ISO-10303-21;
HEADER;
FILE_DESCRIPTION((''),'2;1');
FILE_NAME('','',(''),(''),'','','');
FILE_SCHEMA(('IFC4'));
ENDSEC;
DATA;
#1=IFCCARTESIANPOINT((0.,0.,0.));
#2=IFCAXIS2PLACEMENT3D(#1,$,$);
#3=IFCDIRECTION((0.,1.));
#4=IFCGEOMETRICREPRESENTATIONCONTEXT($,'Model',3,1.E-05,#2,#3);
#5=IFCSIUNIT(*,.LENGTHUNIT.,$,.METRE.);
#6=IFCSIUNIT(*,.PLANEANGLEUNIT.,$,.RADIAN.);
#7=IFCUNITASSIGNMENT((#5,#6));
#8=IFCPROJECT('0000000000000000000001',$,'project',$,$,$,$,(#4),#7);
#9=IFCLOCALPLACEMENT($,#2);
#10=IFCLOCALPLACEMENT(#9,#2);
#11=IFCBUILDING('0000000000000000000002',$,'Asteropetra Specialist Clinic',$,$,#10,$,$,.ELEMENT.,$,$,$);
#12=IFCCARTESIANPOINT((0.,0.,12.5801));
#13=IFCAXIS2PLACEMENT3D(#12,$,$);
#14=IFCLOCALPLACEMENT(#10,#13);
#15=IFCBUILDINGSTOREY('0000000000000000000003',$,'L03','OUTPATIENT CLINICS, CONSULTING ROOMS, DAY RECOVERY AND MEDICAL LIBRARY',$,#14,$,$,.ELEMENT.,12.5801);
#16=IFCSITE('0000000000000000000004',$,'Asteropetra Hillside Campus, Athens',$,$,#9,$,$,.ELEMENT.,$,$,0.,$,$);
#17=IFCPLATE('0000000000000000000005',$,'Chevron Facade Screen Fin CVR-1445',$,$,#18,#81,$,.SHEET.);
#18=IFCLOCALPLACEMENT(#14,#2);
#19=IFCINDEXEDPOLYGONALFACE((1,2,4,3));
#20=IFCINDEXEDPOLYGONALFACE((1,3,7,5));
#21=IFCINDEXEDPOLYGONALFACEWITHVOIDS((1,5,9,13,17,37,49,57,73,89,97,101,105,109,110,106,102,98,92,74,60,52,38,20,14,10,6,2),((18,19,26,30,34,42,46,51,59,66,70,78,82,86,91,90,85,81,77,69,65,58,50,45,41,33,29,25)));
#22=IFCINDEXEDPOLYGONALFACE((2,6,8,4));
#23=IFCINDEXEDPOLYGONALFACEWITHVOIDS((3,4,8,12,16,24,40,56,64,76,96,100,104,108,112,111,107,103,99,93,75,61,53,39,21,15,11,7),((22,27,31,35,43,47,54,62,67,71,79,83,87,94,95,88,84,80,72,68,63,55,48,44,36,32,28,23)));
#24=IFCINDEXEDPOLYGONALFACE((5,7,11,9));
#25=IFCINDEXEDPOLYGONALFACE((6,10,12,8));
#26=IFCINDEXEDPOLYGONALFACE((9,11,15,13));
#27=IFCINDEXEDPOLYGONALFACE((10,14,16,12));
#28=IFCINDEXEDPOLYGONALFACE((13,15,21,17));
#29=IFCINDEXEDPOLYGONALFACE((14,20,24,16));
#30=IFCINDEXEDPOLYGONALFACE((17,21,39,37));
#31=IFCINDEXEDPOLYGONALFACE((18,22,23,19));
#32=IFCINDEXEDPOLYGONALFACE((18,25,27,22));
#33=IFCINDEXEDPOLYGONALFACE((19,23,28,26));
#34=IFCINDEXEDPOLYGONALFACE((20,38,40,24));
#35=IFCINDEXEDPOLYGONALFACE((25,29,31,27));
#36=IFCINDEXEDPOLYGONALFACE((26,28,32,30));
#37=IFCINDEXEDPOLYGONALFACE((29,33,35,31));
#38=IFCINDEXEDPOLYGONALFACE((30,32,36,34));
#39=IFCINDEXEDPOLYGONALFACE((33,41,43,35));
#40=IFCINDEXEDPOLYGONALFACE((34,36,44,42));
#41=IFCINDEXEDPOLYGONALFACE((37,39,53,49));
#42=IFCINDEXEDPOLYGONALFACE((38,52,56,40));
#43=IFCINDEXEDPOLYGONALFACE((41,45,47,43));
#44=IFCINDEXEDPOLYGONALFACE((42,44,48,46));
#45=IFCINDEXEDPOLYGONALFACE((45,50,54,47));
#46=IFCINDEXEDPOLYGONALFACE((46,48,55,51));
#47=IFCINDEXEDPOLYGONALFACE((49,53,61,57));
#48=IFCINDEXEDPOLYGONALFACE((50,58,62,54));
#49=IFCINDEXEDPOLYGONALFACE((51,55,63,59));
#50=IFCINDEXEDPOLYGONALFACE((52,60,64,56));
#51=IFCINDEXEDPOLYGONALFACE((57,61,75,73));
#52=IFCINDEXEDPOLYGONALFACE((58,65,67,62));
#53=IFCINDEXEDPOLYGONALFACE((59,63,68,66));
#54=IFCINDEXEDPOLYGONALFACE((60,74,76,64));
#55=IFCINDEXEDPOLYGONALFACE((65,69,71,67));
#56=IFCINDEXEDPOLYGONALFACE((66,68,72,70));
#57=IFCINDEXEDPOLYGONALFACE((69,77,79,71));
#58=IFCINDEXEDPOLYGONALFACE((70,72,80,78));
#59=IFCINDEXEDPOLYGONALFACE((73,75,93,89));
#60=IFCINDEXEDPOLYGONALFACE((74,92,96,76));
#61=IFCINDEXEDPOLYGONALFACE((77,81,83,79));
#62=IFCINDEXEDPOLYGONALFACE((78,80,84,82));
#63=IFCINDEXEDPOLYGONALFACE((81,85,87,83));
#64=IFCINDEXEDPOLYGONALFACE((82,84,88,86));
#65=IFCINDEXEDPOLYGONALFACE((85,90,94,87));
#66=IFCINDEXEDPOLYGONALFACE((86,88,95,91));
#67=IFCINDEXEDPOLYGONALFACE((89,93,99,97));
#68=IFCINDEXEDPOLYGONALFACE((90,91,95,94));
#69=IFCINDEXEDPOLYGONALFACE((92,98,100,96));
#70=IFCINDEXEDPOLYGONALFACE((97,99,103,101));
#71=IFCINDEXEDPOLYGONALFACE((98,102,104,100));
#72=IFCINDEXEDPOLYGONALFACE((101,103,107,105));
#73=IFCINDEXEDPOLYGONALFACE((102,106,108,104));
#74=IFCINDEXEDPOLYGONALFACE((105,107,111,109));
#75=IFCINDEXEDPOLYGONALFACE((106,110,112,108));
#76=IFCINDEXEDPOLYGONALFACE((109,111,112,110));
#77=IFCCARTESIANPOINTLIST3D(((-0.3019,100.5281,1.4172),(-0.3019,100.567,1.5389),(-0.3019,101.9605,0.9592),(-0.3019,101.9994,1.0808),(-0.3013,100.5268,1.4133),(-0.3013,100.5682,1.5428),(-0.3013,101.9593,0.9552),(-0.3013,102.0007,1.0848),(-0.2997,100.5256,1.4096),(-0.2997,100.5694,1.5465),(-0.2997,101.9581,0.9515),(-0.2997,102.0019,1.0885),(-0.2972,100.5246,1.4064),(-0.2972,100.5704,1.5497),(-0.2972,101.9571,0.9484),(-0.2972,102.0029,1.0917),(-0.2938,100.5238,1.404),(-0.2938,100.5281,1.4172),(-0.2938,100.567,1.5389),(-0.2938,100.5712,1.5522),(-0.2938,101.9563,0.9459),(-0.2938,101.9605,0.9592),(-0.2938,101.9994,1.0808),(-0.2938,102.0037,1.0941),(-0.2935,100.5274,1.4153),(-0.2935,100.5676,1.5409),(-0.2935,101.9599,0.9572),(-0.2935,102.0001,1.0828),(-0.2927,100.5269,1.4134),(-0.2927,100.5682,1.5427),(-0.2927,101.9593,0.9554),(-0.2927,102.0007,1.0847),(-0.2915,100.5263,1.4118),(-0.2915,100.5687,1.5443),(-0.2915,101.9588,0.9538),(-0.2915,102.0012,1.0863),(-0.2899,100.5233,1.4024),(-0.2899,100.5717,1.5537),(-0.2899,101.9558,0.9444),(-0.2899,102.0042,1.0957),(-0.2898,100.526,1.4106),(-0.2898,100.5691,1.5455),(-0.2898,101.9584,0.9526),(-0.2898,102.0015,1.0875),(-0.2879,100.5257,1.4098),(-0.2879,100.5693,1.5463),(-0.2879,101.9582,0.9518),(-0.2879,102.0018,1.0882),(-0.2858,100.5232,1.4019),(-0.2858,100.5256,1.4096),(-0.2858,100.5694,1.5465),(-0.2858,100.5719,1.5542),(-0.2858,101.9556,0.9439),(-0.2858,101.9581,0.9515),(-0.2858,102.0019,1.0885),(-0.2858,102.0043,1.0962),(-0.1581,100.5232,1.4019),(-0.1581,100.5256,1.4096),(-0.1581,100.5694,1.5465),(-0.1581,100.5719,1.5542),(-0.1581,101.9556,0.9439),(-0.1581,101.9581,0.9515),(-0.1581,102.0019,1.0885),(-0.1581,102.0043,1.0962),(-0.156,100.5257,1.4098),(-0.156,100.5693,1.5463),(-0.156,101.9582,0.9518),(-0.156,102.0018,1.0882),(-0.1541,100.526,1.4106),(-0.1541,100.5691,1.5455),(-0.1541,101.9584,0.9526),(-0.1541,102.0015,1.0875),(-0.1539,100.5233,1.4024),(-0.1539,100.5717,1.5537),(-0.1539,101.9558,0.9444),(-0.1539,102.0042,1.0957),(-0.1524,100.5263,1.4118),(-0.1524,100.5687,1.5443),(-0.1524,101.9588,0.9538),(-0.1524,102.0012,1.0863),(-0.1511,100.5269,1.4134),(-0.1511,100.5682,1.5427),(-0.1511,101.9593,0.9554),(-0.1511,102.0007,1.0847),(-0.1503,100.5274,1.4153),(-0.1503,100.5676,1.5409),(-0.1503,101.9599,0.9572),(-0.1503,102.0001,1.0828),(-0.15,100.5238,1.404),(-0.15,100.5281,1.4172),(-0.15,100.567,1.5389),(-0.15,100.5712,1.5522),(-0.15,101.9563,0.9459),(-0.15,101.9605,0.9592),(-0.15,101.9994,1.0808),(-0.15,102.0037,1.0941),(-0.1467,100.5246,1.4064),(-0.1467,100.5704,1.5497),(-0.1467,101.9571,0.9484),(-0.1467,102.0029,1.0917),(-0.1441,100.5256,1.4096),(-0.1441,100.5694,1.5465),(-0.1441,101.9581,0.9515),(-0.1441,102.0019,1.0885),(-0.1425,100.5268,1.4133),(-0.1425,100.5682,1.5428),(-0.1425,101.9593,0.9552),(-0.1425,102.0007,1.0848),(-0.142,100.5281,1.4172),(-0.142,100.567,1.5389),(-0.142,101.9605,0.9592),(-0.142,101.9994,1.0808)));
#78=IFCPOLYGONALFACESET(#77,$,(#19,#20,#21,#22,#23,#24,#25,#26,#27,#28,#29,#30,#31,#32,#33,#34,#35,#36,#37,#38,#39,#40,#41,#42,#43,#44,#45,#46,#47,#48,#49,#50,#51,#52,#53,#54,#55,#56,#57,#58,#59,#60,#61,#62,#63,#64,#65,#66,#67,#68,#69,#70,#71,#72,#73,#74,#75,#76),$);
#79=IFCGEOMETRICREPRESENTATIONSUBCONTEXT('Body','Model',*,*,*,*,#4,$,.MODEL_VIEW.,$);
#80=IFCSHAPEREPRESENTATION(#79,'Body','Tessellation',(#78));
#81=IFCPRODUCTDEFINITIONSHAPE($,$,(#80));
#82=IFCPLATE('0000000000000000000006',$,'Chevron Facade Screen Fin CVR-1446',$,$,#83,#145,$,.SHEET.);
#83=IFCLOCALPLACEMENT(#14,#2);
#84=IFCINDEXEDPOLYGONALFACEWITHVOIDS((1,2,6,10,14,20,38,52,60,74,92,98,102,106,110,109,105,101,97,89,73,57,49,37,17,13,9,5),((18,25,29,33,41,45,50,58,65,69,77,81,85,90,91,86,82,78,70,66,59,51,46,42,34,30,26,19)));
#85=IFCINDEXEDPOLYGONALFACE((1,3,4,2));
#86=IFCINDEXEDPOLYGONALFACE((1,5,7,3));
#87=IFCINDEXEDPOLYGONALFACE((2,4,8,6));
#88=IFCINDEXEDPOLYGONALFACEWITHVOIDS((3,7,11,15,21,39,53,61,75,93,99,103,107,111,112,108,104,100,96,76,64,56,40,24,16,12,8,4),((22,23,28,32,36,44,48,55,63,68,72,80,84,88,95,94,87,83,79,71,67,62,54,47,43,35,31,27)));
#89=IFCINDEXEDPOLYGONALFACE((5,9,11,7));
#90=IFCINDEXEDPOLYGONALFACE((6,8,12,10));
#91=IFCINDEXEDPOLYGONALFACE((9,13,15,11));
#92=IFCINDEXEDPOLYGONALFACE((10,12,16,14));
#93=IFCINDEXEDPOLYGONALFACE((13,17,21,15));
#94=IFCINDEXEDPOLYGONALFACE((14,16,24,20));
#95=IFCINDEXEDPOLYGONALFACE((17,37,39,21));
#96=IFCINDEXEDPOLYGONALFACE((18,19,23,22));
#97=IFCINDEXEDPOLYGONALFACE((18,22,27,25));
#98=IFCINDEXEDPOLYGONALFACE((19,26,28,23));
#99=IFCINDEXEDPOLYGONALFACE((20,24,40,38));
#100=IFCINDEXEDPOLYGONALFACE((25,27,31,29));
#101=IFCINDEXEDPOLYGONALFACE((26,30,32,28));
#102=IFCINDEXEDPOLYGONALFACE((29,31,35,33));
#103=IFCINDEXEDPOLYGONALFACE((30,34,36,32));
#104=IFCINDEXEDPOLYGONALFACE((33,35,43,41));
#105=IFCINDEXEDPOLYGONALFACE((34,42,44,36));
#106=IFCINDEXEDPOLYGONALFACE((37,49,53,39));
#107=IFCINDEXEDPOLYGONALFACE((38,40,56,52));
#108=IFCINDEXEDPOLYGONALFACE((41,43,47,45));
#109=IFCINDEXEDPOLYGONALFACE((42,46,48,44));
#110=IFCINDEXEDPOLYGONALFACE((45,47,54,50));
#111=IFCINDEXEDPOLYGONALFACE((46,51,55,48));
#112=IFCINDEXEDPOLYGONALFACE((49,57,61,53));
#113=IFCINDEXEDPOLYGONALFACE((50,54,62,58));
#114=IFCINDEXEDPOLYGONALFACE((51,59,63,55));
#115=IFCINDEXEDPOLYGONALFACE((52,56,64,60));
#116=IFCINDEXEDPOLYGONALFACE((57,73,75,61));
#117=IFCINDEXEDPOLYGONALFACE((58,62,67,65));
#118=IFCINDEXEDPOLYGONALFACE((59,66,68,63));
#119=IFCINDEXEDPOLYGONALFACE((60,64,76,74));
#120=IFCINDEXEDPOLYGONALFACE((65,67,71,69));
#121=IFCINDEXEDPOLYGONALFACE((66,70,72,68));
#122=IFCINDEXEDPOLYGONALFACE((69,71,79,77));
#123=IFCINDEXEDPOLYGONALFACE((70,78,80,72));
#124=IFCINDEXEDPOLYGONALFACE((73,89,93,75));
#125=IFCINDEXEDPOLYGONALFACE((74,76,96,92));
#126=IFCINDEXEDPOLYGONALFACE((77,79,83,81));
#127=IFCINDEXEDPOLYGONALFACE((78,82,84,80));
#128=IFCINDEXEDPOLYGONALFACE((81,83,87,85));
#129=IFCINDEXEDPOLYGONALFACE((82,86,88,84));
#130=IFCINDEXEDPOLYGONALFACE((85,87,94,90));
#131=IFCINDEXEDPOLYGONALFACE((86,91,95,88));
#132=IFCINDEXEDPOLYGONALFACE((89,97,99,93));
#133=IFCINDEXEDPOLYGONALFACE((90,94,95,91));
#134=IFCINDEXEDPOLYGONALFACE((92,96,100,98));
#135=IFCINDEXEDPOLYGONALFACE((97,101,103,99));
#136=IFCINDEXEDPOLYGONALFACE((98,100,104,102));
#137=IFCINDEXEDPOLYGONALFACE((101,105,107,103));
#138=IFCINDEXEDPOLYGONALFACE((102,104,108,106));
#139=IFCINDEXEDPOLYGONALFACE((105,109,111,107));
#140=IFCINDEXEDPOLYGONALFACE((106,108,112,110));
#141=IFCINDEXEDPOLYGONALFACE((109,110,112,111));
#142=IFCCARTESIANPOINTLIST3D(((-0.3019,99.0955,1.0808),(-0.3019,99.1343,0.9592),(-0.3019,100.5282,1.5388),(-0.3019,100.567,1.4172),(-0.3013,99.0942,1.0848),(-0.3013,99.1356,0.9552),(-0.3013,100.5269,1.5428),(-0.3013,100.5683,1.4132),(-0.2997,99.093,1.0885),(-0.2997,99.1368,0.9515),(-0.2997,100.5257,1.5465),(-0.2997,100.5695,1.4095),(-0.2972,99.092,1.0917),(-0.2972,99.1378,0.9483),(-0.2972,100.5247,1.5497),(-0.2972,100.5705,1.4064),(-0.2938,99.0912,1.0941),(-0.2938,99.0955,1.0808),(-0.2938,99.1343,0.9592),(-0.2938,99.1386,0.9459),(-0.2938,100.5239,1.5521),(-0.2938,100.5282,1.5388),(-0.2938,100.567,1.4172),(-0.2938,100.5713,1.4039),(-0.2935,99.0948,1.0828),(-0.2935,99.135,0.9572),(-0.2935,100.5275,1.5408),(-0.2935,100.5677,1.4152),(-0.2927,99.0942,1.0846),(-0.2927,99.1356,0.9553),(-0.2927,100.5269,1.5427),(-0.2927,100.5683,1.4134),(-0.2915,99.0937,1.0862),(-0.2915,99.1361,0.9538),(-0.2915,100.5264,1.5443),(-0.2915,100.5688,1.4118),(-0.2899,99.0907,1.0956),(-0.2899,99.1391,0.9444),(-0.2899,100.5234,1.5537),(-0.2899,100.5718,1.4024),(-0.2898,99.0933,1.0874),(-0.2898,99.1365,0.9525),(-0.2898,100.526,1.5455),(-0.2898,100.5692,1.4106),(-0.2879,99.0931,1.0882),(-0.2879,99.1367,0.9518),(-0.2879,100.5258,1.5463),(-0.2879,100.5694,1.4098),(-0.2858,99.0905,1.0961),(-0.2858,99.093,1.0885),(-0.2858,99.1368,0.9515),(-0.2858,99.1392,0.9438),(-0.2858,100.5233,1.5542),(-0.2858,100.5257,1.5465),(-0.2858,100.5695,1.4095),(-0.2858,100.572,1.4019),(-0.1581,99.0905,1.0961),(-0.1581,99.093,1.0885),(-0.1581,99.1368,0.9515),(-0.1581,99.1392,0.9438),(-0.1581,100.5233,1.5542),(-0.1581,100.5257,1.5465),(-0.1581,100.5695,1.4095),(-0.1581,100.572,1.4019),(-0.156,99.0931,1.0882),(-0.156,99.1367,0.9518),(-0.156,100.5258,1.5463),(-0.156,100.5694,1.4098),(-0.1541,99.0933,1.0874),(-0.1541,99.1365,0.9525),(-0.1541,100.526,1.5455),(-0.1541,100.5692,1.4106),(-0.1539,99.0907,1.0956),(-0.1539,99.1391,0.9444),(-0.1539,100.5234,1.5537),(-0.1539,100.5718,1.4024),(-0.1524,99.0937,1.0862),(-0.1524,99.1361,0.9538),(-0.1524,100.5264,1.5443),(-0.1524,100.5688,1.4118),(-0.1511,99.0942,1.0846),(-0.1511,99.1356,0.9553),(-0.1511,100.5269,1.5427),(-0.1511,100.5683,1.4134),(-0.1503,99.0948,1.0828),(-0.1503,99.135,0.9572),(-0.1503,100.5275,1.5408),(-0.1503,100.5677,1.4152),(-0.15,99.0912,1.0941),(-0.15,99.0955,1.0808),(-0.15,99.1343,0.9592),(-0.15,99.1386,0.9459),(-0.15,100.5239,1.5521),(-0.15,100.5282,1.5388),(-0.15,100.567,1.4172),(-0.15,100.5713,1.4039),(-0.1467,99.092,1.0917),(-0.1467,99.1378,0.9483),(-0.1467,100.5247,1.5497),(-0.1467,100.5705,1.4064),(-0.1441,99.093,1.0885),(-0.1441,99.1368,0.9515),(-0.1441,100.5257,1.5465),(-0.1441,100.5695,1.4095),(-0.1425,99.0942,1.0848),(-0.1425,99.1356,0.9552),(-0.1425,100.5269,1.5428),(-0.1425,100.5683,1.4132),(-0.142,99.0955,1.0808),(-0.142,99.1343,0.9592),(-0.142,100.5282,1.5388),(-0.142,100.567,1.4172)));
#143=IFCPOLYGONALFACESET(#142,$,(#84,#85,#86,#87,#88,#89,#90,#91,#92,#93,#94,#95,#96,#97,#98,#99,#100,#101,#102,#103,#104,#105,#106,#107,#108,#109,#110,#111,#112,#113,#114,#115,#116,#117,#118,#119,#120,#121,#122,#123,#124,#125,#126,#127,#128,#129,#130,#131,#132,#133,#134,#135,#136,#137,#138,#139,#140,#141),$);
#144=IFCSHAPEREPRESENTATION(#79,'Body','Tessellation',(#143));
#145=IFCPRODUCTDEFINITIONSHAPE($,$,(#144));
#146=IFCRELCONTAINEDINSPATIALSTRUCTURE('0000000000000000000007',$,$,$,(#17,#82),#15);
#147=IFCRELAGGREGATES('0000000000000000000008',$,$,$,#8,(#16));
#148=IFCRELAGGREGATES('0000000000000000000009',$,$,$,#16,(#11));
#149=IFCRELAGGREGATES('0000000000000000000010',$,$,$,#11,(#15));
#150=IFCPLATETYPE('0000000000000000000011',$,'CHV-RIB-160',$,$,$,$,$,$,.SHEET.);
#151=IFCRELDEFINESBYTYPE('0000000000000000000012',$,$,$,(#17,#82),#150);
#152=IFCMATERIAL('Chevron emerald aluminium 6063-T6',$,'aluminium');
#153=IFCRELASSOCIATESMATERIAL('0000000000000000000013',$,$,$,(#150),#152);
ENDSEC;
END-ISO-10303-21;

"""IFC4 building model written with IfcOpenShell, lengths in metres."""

from ifc_helpers import new_model, si_unit, direction, frame, origin, origin_2d, place, context, subcontext, project, spatial, hollow_rectangle, extrude, material, material_profile, profile_set, type_object, element, save


model = new_model("IFC4")

# Units and contexts
model_context = context("Model", 3, precision=1e-05, world=origin(), true_north=direction((0.0, 1.0)))
body_context = subcontext(model_context, "Body", "Model", "MODEL_VIEW")
ifc_project = project(units=[si_unit("LENGTHUNIT", "METRE"), si_unit("PLANEANGLEUNIT", "RADIAN")], contexts=[model_context])

# Site, building, storey
site_placement = place(None, origin())
site = spatial("IfcSite", under=ifc_project, at=site_placement, Name="Asteropetra Hillside Campus, Athens", CompositionType="ELEMENT", RefElevation=0.0)
building_placement = place(site_placement, origin())
building = spatial("IfcBuilding", under=site, at=building_placement, Name="Asteropetra Specialist Clinic", CompositionType="ELEMENT")
storey_placement = place(building_placement, frame((0.0, 0.0, 12.5801)))
storey = spatial("IfcBuildingStorey", under=building, at=storey_placement, Name="L03", Description="OUTPATIENT CLINICS, CONSULTING ROOMS, DAY RECOVERY AND MEDICAL LIBRARY", CompositionType="ELEMENT", Elevation=12.5801)

# Plates
ifc_material_1 = material(Name="Chevron emerald aluminium 6063-T6", Category="aluminium")
ifc_material_profile = material_profile(ifc_material_1, hollow_rectangle(XDim=0.1599, YDim=0.1599, WallThickness=0.0081, InnerFilletRadius=0.0081, OuterFilletRadius=0.0161, at=origin_2d()), Name="SHS 160x160x8.0")
ifc_profile_set = profile_set([ifc_material_profile], Name="Chevron emerald aluminium 6063-T6")
plate_type_1 = type_object("IfcPlateType", Name="CHV-RIB-160", PredefinedType="SHEET", material=ifc_profile_set)
plate_1_placement = place(storey_placement, frame((-0.2219, 101.98, 1.02), z_axis=(0.0, -0.952492, 0.304564), x_axis=(1.0, 0.0, 0.0)))
element("IfcPlate", 1, at=plate_1_placement, inside=storey, type_object=plate_type_1, Name="Chevron Facade Screen Fin CVR-1445", PredefinedType="SHEET", context=body_context, shape_type="SweptSolid", body=[
    extrude(hollow_rectangle(XDim=0.1599, YDim=0.1599, WallThickness=0.0081, InnerFilletRadius=0.0081, OuterFilletRadius=0.0161, at=origin_2d()), origin(), (0.0, 0.0, 1.0), 1.5039),
])
plate_2_placement = place(storey_placement, frame((-0.2219, 100.5476, 1.478), z_axis=(0.0, -0.952507, -0.304517), x_axis=(1.0, 0.0, 0.0)))
element("IfcPlate", 2, at=plate_2_placement, inside=storey, type_object=plate_type_1, Name="Chevron Facade Screen Fin CVR-1446", PredefinedType="SHEET", context=body_context, shape_type="SweptSolid", body=[
    extrude(hollow_rectangle(XDim=0.1599, YDim=0.1599, WallThickness=0.0081, InnerFilletRadius=0.0081, OuterFilletRadius=0.0161, at=origin_2d()), origin(), (0.0, 0.0, 1.0), 1.5042),
])

save(model, "model.ifc")
